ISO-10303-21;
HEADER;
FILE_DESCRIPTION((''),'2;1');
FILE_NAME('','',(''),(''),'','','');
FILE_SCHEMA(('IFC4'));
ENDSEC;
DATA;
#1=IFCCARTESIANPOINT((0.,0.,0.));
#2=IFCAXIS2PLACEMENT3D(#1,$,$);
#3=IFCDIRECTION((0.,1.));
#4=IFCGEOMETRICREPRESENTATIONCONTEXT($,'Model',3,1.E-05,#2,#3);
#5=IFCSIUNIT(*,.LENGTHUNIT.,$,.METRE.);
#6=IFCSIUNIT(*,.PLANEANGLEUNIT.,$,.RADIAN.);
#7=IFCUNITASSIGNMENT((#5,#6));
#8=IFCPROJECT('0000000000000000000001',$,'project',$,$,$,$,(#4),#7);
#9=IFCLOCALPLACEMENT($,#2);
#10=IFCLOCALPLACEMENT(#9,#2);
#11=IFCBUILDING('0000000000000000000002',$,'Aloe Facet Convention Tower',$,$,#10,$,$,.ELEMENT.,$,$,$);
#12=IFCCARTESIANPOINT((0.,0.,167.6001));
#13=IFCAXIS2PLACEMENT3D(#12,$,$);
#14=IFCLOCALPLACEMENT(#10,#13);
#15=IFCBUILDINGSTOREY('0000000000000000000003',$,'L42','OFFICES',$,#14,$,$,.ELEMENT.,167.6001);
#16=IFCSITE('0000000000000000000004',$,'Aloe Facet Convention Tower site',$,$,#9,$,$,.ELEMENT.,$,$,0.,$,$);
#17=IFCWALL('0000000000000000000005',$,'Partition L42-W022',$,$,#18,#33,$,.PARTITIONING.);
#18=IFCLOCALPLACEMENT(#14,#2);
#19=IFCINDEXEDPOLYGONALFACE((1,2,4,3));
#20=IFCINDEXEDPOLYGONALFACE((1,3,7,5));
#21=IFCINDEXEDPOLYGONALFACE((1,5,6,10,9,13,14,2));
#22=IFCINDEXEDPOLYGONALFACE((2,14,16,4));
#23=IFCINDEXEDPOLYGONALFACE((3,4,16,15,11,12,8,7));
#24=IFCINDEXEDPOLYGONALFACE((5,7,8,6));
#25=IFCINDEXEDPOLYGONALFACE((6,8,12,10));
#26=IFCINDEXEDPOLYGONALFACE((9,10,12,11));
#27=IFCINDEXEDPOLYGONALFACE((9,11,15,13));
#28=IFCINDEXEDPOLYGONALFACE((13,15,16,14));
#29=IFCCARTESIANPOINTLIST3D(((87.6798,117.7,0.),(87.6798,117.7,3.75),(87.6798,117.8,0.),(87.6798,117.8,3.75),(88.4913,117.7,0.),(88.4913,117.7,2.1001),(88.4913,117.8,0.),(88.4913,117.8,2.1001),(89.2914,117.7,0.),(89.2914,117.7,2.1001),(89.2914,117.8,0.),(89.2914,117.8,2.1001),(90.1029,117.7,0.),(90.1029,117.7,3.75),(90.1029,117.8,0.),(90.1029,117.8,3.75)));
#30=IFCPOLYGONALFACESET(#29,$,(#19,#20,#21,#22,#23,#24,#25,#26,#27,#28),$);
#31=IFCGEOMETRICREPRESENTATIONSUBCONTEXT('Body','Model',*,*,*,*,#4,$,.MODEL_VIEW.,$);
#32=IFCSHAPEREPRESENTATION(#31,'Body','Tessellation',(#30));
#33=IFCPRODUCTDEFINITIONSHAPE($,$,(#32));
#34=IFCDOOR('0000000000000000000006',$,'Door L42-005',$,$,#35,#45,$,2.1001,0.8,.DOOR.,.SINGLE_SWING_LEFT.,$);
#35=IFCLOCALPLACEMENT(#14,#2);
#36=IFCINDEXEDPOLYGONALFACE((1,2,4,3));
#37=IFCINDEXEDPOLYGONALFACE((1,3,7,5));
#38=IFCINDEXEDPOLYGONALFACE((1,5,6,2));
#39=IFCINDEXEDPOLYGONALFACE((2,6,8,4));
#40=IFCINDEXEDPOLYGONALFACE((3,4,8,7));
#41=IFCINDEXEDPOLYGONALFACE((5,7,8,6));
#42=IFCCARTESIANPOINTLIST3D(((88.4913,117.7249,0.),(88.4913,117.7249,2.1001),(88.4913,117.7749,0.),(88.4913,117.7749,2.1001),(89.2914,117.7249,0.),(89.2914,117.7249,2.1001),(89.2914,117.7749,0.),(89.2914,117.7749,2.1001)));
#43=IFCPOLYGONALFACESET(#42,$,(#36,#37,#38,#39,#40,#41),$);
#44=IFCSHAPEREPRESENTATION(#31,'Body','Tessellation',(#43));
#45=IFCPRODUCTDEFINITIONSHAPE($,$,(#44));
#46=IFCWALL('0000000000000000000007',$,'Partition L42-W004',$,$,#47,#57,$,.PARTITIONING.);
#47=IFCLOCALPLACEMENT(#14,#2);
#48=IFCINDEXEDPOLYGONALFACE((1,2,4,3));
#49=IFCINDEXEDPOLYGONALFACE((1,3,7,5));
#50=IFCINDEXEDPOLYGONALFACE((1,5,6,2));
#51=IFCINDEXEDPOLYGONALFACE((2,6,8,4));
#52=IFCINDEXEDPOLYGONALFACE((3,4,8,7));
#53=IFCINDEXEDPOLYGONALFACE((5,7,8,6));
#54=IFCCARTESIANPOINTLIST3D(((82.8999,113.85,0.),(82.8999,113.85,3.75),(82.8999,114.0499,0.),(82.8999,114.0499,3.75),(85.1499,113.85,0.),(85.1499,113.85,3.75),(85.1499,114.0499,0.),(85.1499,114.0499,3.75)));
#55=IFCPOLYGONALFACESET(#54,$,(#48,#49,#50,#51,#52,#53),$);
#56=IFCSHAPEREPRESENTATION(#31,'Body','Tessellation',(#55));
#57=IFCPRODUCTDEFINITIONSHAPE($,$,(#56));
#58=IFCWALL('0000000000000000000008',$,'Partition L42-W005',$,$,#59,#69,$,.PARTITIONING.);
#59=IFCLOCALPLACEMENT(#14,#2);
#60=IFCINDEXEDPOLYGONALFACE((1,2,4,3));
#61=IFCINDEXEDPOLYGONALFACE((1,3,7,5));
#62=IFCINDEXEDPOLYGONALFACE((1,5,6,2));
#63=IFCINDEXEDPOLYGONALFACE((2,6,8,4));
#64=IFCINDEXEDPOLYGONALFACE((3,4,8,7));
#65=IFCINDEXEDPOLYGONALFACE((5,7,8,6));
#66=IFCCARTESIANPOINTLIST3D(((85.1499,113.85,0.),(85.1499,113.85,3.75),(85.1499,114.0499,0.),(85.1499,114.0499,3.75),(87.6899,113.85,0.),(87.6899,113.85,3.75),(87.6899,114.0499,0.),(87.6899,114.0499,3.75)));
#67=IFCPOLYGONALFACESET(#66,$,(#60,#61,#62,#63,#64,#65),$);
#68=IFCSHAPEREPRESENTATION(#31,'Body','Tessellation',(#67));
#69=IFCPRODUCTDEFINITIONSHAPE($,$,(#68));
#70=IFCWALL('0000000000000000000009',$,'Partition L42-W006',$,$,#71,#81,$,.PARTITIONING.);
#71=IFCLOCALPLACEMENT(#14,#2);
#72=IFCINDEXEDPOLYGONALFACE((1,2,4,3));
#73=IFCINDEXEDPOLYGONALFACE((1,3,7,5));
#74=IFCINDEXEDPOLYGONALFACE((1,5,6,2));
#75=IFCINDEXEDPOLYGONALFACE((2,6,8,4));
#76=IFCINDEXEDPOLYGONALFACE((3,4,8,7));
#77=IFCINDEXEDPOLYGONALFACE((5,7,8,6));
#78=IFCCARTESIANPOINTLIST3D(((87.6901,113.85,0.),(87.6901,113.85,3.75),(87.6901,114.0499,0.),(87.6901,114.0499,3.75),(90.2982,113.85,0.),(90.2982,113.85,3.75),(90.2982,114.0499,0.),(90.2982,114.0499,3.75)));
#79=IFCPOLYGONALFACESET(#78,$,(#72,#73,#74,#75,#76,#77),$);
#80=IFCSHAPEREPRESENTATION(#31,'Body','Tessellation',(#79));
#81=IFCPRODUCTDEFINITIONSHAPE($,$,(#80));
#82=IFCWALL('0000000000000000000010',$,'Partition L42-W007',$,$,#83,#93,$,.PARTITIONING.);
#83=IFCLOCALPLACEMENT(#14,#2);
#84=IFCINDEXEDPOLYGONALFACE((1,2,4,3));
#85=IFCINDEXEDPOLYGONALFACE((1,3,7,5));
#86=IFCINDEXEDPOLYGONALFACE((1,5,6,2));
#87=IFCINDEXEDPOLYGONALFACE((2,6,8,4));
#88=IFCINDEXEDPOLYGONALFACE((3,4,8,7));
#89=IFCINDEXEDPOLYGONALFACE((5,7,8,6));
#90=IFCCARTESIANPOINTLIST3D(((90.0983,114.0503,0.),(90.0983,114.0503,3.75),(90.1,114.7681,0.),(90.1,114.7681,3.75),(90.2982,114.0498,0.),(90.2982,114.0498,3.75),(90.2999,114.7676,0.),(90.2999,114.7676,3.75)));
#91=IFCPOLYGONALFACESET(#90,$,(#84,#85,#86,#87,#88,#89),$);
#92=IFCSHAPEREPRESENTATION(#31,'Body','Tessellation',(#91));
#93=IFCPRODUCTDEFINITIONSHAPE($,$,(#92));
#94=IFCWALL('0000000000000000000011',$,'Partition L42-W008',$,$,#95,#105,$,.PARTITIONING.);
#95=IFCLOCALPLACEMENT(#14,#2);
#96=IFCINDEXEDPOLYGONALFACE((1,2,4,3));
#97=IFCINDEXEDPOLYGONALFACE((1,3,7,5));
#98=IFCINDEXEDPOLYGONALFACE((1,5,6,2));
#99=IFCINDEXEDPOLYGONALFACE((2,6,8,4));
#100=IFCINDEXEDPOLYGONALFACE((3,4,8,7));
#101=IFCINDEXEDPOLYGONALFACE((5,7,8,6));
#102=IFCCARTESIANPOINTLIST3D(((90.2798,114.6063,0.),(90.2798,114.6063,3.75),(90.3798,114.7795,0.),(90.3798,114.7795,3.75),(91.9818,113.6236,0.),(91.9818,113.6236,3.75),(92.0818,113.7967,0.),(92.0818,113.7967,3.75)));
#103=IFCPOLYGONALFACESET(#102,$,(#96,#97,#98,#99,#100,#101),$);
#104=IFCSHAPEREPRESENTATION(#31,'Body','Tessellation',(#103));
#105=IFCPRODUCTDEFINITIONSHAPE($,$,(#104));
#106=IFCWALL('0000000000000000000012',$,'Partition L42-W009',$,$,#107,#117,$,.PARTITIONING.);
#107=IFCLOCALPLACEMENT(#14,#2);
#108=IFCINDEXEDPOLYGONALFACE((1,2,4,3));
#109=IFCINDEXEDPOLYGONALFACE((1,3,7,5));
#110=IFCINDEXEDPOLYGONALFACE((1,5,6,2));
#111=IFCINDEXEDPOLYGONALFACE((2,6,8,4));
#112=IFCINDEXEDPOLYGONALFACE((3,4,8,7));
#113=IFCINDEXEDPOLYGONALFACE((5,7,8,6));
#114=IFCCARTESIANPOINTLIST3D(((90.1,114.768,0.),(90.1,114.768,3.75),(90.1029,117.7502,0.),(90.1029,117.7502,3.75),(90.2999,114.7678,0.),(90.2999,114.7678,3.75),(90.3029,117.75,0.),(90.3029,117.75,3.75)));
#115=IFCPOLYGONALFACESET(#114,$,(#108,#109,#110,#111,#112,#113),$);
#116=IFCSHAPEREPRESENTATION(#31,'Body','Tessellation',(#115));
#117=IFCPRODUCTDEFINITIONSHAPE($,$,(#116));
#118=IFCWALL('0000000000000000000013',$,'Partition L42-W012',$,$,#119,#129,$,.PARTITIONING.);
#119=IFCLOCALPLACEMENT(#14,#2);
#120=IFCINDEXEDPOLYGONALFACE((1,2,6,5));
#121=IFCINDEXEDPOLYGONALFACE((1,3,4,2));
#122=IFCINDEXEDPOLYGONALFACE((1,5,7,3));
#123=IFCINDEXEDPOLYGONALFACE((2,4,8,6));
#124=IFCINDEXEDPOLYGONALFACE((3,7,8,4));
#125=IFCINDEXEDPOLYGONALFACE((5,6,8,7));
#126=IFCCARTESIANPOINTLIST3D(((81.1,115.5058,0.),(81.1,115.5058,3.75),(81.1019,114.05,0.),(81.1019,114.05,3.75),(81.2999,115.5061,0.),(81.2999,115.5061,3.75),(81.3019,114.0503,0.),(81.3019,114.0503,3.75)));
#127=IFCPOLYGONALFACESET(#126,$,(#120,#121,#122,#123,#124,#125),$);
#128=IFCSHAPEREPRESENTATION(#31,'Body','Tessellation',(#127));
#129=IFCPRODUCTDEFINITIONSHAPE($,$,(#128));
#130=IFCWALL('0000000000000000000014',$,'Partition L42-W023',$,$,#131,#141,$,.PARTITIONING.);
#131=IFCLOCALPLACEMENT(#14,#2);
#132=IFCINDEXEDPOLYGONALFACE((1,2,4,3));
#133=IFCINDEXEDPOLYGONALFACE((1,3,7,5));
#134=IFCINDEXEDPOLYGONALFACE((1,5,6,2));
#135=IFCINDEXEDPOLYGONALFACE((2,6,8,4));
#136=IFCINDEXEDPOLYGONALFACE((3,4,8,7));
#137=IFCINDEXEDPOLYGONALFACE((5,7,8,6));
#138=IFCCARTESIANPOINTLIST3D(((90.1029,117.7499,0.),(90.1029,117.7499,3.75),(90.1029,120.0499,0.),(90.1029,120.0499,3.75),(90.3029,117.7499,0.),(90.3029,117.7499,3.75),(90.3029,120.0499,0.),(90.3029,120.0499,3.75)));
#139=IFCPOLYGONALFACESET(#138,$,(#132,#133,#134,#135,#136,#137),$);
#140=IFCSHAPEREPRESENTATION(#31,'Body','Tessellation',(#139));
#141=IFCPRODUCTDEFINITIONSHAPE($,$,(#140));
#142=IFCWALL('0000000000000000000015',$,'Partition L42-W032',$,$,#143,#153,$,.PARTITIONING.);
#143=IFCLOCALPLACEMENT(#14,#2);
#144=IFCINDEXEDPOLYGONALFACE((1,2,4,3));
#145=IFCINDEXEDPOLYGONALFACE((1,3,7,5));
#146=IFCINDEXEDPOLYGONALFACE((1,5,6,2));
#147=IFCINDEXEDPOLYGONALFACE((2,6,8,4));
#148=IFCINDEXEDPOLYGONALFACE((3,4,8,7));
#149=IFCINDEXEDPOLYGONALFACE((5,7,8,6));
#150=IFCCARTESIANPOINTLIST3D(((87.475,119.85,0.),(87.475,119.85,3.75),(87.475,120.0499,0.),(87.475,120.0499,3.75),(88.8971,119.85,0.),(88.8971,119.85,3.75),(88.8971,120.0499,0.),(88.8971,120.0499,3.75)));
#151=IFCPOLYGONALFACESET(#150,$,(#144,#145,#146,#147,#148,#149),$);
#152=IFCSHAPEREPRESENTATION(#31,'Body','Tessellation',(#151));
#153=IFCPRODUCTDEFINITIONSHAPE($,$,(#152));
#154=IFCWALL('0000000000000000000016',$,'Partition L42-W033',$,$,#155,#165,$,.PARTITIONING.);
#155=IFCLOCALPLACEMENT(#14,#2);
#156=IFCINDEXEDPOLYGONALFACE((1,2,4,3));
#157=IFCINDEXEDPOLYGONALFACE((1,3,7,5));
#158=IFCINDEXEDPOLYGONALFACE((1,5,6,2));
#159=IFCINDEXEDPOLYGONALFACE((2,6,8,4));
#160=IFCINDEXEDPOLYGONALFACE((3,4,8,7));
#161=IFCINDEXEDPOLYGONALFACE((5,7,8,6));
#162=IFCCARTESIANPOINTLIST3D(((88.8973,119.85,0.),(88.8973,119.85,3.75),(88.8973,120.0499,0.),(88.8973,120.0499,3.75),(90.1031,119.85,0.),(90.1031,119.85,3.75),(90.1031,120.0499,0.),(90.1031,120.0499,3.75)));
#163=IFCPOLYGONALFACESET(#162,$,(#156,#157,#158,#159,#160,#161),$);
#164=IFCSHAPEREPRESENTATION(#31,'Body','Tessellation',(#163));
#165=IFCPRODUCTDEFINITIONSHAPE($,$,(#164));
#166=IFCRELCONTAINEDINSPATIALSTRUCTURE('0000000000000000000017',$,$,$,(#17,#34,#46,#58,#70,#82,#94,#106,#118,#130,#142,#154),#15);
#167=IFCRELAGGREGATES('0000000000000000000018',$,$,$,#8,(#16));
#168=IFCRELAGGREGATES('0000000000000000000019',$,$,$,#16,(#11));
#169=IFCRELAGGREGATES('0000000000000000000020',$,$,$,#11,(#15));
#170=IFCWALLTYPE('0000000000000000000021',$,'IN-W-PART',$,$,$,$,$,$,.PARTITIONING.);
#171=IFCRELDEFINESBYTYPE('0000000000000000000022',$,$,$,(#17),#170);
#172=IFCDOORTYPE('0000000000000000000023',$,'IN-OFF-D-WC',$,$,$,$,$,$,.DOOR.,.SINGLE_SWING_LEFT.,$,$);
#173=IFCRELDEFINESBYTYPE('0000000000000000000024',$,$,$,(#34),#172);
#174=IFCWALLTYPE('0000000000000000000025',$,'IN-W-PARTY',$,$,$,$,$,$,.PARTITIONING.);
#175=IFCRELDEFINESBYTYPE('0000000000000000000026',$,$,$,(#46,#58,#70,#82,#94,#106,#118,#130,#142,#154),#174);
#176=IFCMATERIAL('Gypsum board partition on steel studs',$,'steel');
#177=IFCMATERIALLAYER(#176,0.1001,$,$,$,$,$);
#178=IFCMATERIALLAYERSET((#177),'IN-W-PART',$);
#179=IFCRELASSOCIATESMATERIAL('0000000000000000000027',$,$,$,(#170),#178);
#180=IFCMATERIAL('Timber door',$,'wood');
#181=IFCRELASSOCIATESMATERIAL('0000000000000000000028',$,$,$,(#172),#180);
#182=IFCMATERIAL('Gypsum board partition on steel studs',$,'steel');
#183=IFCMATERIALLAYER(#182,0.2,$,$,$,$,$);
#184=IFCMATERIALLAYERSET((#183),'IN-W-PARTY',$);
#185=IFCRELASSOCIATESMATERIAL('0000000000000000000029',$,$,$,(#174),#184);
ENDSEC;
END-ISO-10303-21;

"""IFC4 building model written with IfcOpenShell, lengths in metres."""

from ifc_helpers import new_model, si_unit, direction, frame, frame_2d, origin, place, context, subcontext, project, spatial, rectangle, extrude, material, layer, layer_set, type_object, element, fill, save


model = new_model("IFC4")

# Units and contexts
model_context = context("Model", 3, precision=1e-05, world=origin(), true_north=direction((0.0, 1.0)))
body_context = subcontext(model_context, "Body", "Model", "MODEL_VIEW")
ifc_project = project(units=[si_unit("LENGTHUNIT", "METRE"), si_unit("PLANEANGLEUNIT", "RADIAN")], contexts=[model_context])

# Site, building, storey
site_placement = place(None, origin())
site = spatial("IfcSite", under=ifc_project, at=site_placement, Name="Aloe Facet Convention Tower site", CompositionType="ELEMENT", RefElevation=0.0)
building_placement = place(site_placement, origin())
building = spatial("IfcBuilding", under=site, at=building_placement, Name="Aloe Facet Convention Tower", CompositionType="ELEMENT")
storey_placement = place(building_placement, frame((0.0, 0.0, 167.6001)))
storey = spatial("IfcBuildingStorey", under=building, at=storey_placement, Name="L42", Description="OFFICES", CompositionType="ELEMENT", Elevation=167.6001)

# Shared definitions
ifc_material_1 = material(Name="Gypsum board partition on steel studs", Category="steel")
ifc_layer_1 = layer(ifc_material_1, 0.1001)
ifc_layer_set_1 = layer_set([ifc_layer_1], Name="IN-W-PART")
wall_type_1 = type_object("IfcWallType", Name="IN-W-PART", PredefinedType="PARTITIONING", material=ifc_layer_set_1)

# Wall, opening, door
ifc_material_2 = material(Name="Timber door", Category="wood")
door_type_1 = type_object("IfcDoorType", Name="IN-OFF-D-WC", OperationType="SINGLE_SWING_LEFT", PredefinedType="DOOR", material=ifc_material_2)
wall_1_placement = place(storey_placement, frame((87.6799, 117.75, 0.0), z_axis=(0.0, 0.0, 1.0), x_axis=(1.0, 0.0, 0.0)))
wall_1 = element("IfcWall", 1, at=wall_1_placement, inside=storey, type_object=wall_type_1, Name="Partition L42-W022", PredefinedType="PARTITIONING", context=body_context, shape_type="SweptSolid", body=[
    extrude(rectangle(XDim=2.4231, YDim=0.1001, at=frame_2d((1.2114, 0.0))), origin(), (0.0, 0.0, 1.0), 3.75),
])
opening_1_placement = place(wall_1_placement, frame((0.8115, 0.0, 0.0)))
opening_1 = element("IfcOpeningElement", 2, at=opening_1_placement, cuts=wall_1, PredefinedType="OPENING", context=body_context, shape_type="SweptSolid", body=[
    extrude(rectangle(XDim=0.8, YDim=2.1001, at=frame_2d((0.3999, 1.05))), frame((0.0, 0.0601, 0.0), z_axis=(0.0, -1.0, 0.0), x_axis=(1.0, 0.0, 0.0)), (0.0, 0.0, 1.0), 0.1201),
])
door_1_placement = place(opening_1_placement, origin())
door_1 = element("IfcDoor", 3, at=door_1_placement, inside=storey, type_object=door_type_1, Name="Door L42-005", OperationType="SINGLE_SWING_LEFT", OverallHeight=2.1001, OverallWidth=0.8, PredefinedType="DOOR", context=body_context, shape_type="SweptSolid", body=[
    extrude(rectangle(XDim=0.8, YDim=2.1001, at=frame_2d((0.3999, 1.05))), frame((0.0, 0.0249, 0.0), z_axis=(0.0, -1.0, 0.0), x_axis=(1.0, 0.0, 0.0)), (0.0, 0.0, 1.0), 0.05),
])
fill(opening_1, door_1)

# Walls
ifc_material_3 = material(Name="Gypsum board partition on steel studs", Category="steel")
ifc_layer_2 = layer(ifc_material_3, 0.2)
ifc_layer_set_2 = layer_set([ifc_layer_2], Name="IN-W-PARTY")
wall_type_2 = type_object("IfcWallType", Name="IN-W-PARTY", PredefinedType="PARTITIONING", material=ifc_layer_set_2)
wall_2_placement = place(storey_placement, frame((82.8999, 113.95, 0.0), z_axis=(0.0, 0.0, 1.0), x_axis=(1.0, 0.0, 0.0)))
element("IfcWall", 4, at=wall_2_placement, inside=storey, type_object=wall_type_2, Name="Partition L42-W004", PredefinedType="PARTITIONING", context=body_context, shape_type="SweptSolid", body=[
    extrude(rectangle(XDim=2.25, YDim=0.2, at=frame_2d((1.125, 0.0))), origin(), (0.0, 0.0, 1.0), 3.75),
])
wall_3_placement = place(storey_placement, frame((85.1499, 113.95, 0.0), z_axis=(0.0, 0.0, 1.0), x_axis=(1.0, 0.0, 0.0)))
element("IfcWall", 5, at=wall_3_placement, inside=storey, type_object=wall_type_2, Name="Partition L42-W005", PredefinedType="PARTITIONING", context=body_context, shape_type="SweptSolid", body=[
    extrude(rectangle(XDim=2.54, YDim=0.2, at=frame_2d((1.27, 0.0))), origin(), (0.0, 0.0, 1.0), 3.75),
])
wall_4_placement = place(storey_placement, frame((87.6899, 113.95, 0.0), z_axis=(0.0, 0.0, 1.0), x_axis=(1.0, 0.0, 0.0)))
element("IfcWall", 6, at=wall_4_placement, inside=storey, type_object=wall_type_2, Name="Partition L42-W006", PredefinedType="PARTITIONING", context=body_context, shape_type="SweptSolid", body=[
    extrude(rectangle(XDim=2.6082, YDim=0.2, at=frame_2d((1.3042, 0.0))), origin(), (0.0, 0.0, 1.0), 3.75),
])
wall_5_placement = place(storey_placement, frame((90.1982, 114.05, 0.0), z_axis=(0.0, 0.0, 1.0), x_axis=(0.002381, 0.999997, 0.0)))
element("IfcWall", 7, at=wall_5_placement, inside=storey, type_object=wall_type_2, Name="Partition L42-W007", PredefinedType="PARTITIONING", context=body_context, shape_type="SweptSolid", body=[
    extrude(rectangle(XDim=0.7178, YDim=0.2, at=frame_2d((0.3589, 0.0))), origin(), (0.0, 0.0, 1.0), 3.75),
])
wall_6_placement = place(storey_placement, frame((90.3298, 114.6929, 0.0), z_axis=(0.0, 0.0, 1.0), x_axis=(0.86601, -0.500027, 0.0)))
element("IfcWall", 8, at=wall_6_placement, inside=storey, type_object=wall_type_2, Name="Partition L42-W008", PredefinedType="PARTITIONING", context=body_context, shape_type="SweptSolid", body=[
    extrude(rectangle(XDim=1.9653, YDim=0.2, at=frame_2d((0.9827, 0.0))), origin(), (0.0, 0.0, 1.0), 3.75),
])
wall_7_placement = place(storey_placement, frame((90.2, 114.7678, 0.0), z_axis=(0.0, 0.0, 1.0), x_axis=(0.000982, 1.0, 0.0)))
element("IfcWall", 9, at=wall_7_placement, inside=storey, type_object=wall_type_2, Name="Partition L42-W009", PredefinedType="PARTITIONING", context=body_context, shape_type="SweptSolid", body=[
    extrude(rectangle(XDim=2.9822, YDim=0.2, at=frame_2d((1.4912, 0.0))), origin(), (0.0, 0.0, 1.0), 3.75),
])
wall_8_placement = place(storey_placement, frame((81.2019, 114.05, 0.0), z_axis=(0.0, 0.0, 1.0), x_axis=(-0.001342, 0.999999, 0.0)))
element("IfcWall", 10, at=wall_8_placement, inside=storey, type_object=wall_type_2, Name="Partition L42-W012", PredefinedType="PARTITIONING", context=body_context, shape_type="SweptSolid", body=[
    extrude(rectangle(XDim=1.4558, YDim=0.2, at=frame_2d((0.728, 0.0))), origin(), (0.0, 0.0, 1.0), 3.75),
])
wall_9_placement = place(storey_placement, frame((90.2029, 117.75, 0.0), z_axis=(0.0, 0.0, 1.0), x_axis=(0.0, 1.0, 0.0)))
element("IfcWall", 11, at=wall_9_placement, inside=storey, type_object=wall_type_2, Name="Partition L42-W023", PredefinedType="PARTITIONING", context=body_context, shape_type="SweptSolid", body=[
    extrude(rectangle(XDim=2.3, YDim=0.2, at=frame_2d((1.1499, 0.0))), origin(), (0.0, 0.0, 1.0), 3.75),
])
wall_10_placement = place(storey_placement, frame((87.4751, 119.95, 0.0), z_axis=(0.0, 0.0, 1.0), x_axis=(1.0, 0.0, 0.0)))
element("IfcWall", 12, at=wall_10_placement, inside=storey, type_object=wall_type_2, Name="Partition L42-W032", PredefinedType="PARTITIONING", context=body_context, shape_type="SweptSolid", body=[
    extrude(rectangle(XDim=1.4221, YDim=0.2, at=frame_2d((0.7109, 0.0))), origin(), (0.0, 0.0, 1.0), 3.75),
])
wall_11_placement = place(storey_placement, frame((88.8972, 119.95, 0.0), z_axis=(0.0, 0.0, 1.0), x_axis=(1.0, 0.0, 0.0)))
element("IfcWall", 13, at=wall_11_placement, inside=storey, type_object=wall_type_2, Name="Partition L42-W033", PredefinedType="PARTITIONING", context=body_context, shape_type="SweptSolid", body=[
    extrude(rectangle(XDim=1.2058, YDim=0.2, at=frame_2d((0.603, 0.0))), origin(), (0.0, 0.0, 1.0), 3.75),
])

save(model, "model.ifc")
